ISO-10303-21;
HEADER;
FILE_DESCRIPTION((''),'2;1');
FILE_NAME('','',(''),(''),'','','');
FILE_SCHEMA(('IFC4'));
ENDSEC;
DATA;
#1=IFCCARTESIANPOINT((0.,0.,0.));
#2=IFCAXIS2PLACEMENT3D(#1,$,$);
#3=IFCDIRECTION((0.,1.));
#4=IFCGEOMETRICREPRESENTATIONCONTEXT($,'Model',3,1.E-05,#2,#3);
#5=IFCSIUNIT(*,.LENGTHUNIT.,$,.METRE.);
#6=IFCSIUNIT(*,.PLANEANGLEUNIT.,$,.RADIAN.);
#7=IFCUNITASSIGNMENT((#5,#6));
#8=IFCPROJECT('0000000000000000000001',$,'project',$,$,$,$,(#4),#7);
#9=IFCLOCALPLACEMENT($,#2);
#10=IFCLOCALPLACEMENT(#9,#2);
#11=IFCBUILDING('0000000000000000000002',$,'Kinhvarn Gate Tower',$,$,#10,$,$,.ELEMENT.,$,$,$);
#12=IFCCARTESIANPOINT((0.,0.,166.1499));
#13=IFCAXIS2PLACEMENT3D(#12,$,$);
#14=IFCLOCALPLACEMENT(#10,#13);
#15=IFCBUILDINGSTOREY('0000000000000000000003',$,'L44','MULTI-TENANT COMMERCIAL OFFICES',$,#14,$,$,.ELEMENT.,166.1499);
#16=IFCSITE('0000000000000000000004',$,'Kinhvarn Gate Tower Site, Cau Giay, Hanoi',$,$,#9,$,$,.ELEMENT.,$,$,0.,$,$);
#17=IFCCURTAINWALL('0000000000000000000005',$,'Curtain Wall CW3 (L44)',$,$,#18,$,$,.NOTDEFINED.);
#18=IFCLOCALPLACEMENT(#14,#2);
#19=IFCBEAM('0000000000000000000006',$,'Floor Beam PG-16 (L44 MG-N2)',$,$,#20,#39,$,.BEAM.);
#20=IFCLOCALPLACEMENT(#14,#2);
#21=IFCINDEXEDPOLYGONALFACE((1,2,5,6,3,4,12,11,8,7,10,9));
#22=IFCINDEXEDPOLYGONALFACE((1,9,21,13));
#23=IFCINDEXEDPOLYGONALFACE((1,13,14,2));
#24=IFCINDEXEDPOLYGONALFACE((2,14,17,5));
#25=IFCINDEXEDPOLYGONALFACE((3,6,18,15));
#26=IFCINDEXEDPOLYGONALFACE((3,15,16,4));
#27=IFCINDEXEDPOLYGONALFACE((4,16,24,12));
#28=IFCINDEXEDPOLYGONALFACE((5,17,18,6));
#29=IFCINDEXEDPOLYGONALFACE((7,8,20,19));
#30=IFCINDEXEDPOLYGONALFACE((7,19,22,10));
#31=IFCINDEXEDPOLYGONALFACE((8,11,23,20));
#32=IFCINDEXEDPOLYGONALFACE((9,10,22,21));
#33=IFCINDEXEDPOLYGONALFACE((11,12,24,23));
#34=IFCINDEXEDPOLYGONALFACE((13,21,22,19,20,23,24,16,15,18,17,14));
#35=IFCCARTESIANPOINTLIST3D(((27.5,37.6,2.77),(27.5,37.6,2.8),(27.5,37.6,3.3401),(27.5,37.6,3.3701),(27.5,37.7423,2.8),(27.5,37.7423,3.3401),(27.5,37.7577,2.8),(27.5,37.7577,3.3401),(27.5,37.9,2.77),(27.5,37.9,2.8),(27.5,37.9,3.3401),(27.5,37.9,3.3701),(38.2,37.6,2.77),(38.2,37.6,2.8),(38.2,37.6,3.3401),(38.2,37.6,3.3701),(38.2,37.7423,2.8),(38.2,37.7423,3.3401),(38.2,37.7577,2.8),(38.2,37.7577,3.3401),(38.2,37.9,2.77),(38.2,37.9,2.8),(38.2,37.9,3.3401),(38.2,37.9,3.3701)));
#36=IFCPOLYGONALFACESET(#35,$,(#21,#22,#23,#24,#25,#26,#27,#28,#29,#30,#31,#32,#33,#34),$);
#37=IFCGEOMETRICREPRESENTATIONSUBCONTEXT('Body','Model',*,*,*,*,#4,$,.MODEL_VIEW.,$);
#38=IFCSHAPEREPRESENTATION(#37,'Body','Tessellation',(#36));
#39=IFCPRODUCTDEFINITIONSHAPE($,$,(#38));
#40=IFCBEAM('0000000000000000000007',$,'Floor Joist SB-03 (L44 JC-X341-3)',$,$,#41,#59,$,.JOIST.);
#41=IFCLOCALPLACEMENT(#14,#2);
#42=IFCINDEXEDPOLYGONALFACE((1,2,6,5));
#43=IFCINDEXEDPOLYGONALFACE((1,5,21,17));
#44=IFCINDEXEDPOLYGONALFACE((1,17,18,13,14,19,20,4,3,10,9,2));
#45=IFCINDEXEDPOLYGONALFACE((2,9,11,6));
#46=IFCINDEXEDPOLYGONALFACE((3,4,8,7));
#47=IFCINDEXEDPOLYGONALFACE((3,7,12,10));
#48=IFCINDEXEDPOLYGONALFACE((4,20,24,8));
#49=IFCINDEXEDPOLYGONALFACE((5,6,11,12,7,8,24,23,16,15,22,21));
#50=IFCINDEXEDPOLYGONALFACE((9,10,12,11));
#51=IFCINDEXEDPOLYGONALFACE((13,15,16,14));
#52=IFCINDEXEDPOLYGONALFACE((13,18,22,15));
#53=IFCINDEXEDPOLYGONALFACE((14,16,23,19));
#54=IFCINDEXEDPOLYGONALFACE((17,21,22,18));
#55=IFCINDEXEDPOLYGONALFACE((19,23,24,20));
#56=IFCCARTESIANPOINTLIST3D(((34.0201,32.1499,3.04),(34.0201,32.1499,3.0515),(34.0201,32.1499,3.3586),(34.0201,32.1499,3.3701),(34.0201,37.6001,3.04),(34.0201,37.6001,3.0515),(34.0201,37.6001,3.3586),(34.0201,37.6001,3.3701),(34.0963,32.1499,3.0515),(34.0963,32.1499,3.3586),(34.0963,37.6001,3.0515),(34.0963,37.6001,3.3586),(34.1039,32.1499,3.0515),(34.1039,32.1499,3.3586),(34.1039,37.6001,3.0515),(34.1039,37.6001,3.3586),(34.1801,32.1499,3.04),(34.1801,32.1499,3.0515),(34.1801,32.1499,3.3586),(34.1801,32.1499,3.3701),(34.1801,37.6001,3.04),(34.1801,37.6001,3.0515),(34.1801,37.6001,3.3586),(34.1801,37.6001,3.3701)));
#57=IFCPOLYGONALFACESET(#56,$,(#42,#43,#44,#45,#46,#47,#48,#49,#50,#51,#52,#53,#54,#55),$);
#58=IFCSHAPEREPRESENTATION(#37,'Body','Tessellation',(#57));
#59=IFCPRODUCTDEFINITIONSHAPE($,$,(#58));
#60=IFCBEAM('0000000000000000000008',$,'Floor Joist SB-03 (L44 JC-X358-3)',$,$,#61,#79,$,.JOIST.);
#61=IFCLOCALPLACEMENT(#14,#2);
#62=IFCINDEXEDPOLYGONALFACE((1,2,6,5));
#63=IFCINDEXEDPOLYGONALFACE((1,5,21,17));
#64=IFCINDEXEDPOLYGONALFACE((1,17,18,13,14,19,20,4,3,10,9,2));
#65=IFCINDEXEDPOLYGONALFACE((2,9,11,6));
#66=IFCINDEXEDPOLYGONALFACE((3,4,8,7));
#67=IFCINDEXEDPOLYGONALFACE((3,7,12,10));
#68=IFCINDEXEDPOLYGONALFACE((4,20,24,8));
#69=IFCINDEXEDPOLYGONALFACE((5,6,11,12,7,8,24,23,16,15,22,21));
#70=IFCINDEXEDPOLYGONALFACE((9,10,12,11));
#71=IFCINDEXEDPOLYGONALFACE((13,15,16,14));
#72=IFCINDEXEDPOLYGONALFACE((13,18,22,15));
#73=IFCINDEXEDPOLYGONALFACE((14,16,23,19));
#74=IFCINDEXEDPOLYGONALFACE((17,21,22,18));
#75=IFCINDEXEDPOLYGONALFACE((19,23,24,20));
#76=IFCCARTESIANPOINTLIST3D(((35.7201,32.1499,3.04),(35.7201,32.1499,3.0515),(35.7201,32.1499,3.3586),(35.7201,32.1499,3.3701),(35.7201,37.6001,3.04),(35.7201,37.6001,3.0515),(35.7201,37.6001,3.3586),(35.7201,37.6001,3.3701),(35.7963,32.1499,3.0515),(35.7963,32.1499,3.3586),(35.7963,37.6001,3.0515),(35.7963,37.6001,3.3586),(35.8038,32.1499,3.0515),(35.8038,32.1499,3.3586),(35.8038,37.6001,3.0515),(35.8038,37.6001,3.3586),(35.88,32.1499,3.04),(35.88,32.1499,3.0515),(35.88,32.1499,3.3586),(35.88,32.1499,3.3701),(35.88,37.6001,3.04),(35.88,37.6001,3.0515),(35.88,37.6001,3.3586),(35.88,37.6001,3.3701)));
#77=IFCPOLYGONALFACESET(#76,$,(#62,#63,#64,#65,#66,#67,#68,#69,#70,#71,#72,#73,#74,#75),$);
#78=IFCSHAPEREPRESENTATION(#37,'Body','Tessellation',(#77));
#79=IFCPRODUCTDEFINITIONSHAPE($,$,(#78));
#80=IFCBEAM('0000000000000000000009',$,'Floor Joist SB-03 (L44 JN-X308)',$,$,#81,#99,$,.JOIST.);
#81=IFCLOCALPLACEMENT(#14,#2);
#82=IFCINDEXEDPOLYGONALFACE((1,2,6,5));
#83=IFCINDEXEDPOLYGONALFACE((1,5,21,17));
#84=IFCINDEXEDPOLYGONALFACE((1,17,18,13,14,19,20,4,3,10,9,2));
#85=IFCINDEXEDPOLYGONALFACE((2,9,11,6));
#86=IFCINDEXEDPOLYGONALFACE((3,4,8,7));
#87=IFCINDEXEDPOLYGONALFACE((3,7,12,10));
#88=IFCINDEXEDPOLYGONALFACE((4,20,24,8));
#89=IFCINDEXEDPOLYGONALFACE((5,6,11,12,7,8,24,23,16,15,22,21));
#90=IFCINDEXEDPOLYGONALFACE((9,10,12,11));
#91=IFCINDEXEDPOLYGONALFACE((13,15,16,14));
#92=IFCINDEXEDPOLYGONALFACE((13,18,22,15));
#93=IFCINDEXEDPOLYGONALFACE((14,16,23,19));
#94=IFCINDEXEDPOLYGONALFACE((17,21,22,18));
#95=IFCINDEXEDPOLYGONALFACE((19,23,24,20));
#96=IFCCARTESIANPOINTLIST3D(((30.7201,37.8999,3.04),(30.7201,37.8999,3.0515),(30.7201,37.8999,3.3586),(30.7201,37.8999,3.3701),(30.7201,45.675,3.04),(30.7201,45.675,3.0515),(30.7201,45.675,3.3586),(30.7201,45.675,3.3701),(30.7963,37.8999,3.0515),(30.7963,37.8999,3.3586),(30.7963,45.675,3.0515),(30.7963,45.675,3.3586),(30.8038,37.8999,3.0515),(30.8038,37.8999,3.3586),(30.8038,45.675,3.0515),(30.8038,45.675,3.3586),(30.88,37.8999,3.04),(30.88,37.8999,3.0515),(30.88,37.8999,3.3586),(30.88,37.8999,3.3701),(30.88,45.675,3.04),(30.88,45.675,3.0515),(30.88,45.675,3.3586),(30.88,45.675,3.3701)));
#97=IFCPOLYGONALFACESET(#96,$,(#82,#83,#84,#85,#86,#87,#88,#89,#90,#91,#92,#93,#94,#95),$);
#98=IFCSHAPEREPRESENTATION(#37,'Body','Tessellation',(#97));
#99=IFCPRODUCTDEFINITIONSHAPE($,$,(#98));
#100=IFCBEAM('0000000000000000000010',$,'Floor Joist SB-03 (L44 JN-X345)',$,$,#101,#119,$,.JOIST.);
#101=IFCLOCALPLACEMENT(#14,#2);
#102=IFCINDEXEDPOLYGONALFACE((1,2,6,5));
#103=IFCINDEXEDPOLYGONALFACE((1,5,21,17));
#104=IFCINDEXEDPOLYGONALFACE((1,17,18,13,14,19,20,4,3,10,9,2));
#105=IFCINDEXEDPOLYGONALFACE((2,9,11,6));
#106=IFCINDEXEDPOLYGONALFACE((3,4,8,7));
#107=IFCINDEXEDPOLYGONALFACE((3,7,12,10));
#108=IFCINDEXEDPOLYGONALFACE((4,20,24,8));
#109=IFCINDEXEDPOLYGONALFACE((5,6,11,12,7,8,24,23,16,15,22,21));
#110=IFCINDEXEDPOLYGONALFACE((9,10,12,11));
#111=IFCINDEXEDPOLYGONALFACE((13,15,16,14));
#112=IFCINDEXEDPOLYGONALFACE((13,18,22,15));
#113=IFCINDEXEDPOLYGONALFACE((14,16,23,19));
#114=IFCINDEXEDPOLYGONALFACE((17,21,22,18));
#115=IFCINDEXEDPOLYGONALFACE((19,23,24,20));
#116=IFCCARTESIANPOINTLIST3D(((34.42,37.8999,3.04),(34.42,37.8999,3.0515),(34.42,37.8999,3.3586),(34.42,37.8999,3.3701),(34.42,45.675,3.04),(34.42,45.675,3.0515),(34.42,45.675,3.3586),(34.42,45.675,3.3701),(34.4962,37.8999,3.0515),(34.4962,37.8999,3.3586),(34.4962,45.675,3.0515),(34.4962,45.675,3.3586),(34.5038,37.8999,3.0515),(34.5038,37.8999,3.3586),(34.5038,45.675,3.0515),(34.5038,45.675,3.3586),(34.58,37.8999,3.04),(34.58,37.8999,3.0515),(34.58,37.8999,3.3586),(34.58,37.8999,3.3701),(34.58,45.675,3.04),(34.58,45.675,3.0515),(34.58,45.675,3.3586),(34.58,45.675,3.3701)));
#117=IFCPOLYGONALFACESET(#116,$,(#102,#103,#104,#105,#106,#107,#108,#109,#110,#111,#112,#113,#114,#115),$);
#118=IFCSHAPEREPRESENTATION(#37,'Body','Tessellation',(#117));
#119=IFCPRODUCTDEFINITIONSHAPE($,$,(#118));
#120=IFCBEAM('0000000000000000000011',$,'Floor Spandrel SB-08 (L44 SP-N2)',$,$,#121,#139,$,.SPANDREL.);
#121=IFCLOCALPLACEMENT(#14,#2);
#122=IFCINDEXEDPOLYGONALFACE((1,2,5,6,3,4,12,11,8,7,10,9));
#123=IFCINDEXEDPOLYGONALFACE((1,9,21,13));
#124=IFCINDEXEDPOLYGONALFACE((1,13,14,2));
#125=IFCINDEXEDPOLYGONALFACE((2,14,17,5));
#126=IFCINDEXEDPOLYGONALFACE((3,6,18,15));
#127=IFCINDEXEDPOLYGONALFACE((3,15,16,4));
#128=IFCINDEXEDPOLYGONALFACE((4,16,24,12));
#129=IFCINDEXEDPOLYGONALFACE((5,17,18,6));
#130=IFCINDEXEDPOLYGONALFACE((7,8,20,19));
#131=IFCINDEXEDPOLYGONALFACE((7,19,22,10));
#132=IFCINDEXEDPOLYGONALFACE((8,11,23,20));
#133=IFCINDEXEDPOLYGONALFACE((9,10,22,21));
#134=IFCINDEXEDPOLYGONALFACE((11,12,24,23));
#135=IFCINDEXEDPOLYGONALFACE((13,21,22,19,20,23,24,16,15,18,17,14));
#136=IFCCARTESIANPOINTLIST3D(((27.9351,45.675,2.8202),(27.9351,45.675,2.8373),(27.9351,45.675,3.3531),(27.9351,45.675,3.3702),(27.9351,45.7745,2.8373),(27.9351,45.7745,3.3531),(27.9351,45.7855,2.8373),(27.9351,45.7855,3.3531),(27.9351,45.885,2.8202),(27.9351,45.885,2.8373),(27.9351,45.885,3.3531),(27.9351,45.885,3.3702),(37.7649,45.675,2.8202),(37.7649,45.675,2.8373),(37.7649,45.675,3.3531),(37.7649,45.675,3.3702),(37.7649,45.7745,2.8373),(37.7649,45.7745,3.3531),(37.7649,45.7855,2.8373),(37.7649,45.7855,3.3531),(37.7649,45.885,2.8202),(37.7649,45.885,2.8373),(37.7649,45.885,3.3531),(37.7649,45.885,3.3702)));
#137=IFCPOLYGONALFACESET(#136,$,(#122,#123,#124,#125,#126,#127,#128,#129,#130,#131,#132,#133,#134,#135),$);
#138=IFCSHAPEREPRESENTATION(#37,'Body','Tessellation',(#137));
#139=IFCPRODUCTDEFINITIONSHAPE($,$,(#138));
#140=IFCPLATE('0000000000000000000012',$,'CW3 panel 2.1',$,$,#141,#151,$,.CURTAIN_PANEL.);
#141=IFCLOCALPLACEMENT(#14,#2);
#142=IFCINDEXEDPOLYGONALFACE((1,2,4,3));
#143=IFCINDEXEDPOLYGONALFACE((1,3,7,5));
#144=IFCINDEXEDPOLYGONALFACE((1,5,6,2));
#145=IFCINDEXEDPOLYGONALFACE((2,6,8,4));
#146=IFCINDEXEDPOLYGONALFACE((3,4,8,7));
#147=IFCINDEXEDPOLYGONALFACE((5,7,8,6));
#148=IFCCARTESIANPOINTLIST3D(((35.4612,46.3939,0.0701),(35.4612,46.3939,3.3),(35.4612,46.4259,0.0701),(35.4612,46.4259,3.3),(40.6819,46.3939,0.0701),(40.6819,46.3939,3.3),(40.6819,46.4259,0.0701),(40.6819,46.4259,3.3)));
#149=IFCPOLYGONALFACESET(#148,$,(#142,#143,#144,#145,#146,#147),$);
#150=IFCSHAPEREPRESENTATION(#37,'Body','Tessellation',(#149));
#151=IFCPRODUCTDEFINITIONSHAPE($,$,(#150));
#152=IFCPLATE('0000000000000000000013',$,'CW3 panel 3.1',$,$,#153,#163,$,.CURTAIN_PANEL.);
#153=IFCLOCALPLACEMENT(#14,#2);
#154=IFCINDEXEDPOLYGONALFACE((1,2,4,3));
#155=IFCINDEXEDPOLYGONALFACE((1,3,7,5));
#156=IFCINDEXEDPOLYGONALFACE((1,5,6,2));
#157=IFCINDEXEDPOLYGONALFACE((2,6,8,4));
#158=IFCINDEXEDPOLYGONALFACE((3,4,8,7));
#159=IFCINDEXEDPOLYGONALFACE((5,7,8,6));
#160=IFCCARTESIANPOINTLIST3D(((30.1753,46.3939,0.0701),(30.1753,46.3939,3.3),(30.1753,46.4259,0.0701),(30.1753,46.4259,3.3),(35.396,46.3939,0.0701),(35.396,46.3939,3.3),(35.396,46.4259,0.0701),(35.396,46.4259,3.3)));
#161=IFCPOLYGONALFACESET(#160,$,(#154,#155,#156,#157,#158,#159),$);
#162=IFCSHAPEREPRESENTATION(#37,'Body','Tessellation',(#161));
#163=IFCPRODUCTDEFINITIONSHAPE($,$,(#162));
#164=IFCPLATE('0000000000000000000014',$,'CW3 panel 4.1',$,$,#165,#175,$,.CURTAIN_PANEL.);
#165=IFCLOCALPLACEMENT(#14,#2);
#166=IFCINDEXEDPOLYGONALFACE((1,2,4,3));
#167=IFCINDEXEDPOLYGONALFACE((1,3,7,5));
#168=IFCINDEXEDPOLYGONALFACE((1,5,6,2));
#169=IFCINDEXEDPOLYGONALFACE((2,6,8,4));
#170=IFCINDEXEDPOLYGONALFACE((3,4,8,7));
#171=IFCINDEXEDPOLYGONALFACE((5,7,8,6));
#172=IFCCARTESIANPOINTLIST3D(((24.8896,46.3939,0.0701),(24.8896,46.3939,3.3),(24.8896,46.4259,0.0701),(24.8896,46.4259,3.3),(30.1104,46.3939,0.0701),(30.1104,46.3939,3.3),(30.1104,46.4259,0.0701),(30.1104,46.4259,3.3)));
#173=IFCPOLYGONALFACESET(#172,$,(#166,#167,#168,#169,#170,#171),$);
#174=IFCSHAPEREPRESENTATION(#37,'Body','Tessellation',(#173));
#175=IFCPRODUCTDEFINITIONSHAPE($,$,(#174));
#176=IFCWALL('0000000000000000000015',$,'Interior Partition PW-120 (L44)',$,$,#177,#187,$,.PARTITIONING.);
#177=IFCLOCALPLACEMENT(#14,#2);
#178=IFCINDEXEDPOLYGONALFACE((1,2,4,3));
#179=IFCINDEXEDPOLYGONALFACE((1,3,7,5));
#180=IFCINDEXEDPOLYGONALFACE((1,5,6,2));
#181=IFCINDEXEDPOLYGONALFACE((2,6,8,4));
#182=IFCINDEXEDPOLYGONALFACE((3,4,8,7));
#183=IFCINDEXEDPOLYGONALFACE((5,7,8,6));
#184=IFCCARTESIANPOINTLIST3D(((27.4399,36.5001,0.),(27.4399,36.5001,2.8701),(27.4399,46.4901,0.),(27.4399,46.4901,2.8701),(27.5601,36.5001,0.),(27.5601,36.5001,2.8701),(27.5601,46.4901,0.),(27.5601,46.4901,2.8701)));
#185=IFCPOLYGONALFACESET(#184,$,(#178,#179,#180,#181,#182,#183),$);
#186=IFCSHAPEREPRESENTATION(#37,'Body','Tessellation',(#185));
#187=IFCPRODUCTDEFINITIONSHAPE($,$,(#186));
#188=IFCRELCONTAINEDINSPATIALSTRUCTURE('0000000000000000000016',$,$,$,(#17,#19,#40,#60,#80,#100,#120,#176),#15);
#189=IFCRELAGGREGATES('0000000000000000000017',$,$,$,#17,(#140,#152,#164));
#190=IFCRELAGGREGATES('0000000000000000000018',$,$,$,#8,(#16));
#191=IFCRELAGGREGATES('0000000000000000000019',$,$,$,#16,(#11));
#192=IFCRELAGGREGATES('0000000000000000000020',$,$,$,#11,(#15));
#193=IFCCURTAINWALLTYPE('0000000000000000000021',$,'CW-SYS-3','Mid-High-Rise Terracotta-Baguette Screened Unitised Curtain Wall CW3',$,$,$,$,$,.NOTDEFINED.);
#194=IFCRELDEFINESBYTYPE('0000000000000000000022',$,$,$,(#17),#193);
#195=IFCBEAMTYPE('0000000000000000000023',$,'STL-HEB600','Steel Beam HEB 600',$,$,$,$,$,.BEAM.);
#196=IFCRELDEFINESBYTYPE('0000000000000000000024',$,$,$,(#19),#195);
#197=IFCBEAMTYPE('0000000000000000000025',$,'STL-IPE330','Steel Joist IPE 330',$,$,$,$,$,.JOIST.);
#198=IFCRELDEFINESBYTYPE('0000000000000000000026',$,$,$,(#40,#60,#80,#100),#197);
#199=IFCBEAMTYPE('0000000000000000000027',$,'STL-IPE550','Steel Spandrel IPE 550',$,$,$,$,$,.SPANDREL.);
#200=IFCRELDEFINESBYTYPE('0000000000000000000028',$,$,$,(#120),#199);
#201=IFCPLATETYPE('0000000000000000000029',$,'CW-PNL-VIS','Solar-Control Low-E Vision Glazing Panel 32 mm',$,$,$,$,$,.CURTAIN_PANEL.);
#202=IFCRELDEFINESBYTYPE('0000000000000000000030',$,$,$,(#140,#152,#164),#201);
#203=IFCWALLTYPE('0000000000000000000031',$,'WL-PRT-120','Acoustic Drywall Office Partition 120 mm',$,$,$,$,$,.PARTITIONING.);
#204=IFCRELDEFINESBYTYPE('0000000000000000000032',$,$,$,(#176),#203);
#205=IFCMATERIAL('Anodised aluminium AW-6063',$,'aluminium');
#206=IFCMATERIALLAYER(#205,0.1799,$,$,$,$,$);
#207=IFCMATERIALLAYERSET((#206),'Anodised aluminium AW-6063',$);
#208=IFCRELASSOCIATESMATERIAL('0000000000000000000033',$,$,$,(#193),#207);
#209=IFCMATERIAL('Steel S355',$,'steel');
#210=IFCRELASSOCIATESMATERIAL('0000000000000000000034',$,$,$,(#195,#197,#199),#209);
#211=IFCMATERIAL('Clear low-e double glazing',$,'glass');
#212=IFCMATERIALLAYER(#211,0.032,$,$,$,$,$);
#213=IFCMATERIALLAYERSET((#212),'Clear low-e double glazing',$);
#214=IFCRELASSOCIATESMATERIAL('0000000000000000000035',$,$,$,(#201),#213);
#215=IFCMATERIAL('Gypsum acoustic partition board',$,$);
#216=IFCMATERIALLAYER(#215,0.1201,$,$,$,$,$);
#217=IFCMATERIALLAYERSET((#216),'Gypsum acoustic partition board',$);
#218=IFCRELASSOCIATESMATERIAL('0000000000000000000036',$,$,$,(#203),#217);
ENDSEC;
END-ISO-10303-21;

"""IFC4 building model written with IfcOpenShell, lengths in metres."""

from ifc_helpers import new_model, si_unit, direction, frame, frame_2d, origin, origin_2d, place, context, subcontext, project, spatial, rectangle, i_section, extrude, material, layer, layer_set, material_profile, profile_set, type_object, element, aggregate, save


model = new_model("IFC4")

# Units and contexts
model_context = context("Model", 3, precision=1e-05, world=origin(), true_north=direction((0.0, 1.0)))
body_context = subcontext(model_context, "Body", "Model", "MODEL_VIEW")
ifc_project = project(units=[si_unit("LENGTHUNIT", "METRE"), si_unit("PLANEANGLEUNIT", "RADIAN")], contexts=[model_context])

# Site, building, storey
site_placement = place(None, origin())
site = spatial("IfcSite", under=ifc_project, at=site_placement, Name="Kinhvarn Gate Tower Site, Cau Giay, Hanoi", CompositionType="ELEMENT", RefElevation=0.0)
building_placement = place(site_placement, origin())
building = spatial("IfcBuilding", under=site, at=building_placement, Name="Kinhvarn Gate Tower", CompositionType="ELEMENT")
storey_placement = place(building_placement, frame((0.0, 0.0, 166.1499)))
storey = spatial("IfcBuildingStorey", under=building, at=storey_placement, Name="L44", Description="MULTI-TENANT COMMERCIAL OFFICES", CompositionType="ELEMENT", Elevation=166.1499)

# Curtain wall
ifc_material_1 = material(Name="Anodised aluminium AW-6063", Category="aluminium")
ifc_layer_1 = layer(ifc_material_1, 0.1799)
ifc_layer_set_1 = layer_set([ifc_layer_1], Name="Anodised aluminium AW-6063")
curtain_wall_type = type_object("IfcCurtainWallType", Name="CW-SYS-3", Description="Mid-High-Rise Terracotta-Baguette Screened Unitised Curtain Wall CW3", PredefinedType="NOTDEFINED", material=ifc_layer_set_1)
curtain_wall_placement = place(storey_placement, origin())
curtain_wall = element("IfcCurtainWall", 1, at=curtain_wall_placement, inside=storey, type_object=curtain_wall_type, Name="Curtain Wall CW3 (L44)", PredefinedType="NOTDEFINED")

# Beams
ifc_material_2 = material(Name="Steel S355", Category="steel")
ifc_material_profile_1 = material_profile(ifc_material_2, i_section(OverallWidth=0.3, OverallDepth=0.6001, WebThickness=0.0154, FlangeThickness=0.03, at=origin_2d()), Name="HEB 600")
ifc_profile_set_1 = profile_set([ifc_material_profile_1], Name="Steel S355")
beam_type_1 = type_object("IfcBeamType", Name="STL-HEB600", Description="Steel Beam HEB 600", PredefinedType="BEAM", material=ifc_profile_set_1)
beam_1_placement = place(storey_placement, frame((27.5, 37.75, 3.0701), z_axis=(1.0, 0.0, 0.0), x_axis=(0.0, 1.0, 0.0)))
element("IfcBeam", 2, at=beam_1_placement, inside=storey, type_object=beam_type_1, Name="Floor Beam PG-16 (L44 MG-N2)", PredefinedType="BEAM", context=body_context, shape_type="SweptSolid", body=[
    extrude(i_section(OverallWidth=0.3, OverallDepth=0.6001, WebThickness=0.0154, FlangeThickness=0.03, at=origin_2d()), origin(), (0.0, 0.0, 1.0), 10.7),
])
ifc_material_profile_2 = material_profile(ifc_material_2, i_section(OverallWidth=0.1599, OverallDepth=0.3301, WebThickness=0.0076, FlangeThickness=0.0115, at=origin_2d()), Name="IPE 330")
ifc_profile_set_2 = profile_set([ifc_material_profile_2], Name="Steel S355")
beam_type_2 = type_object("IfcBeamType", Name="STL-IPE330", Description="Steel Joist IPE 330", PredefinedType="JOIST", material=ifc_profile_set_2)
for number, where, z_axis, x_axis, name in (
    (3, (34.1001, 32.1499, 3.2051), (0.0, 1.0, 0.0), (-1.0, 0.0, 0.0), "Floor Joist SB-03 (L44 JC-X341-3)"),
    (4, (35.8, 32.1499, 3.2051), (0.0, 1.0, 0.0), (-1.0, 0.0, 0.0), "Floor Joist SB-03 (L44 JC-X358-3)"),
):
    element("IfcBeam", number, at=place(storey_placement, frame(where, z_axis=z_axis, x_axis=x_axis)), inside=storey, type_object=beam_type_2, Name=name, PredefinedType="JOIST", context=body_context, shape_type="SweptSolid", body=[
        extrude(i_section(OverallWidth=0.1599, OverallDepth=0.3301, WebThickness=0.0076, FlangeThickness=0.0115, at=origin_2d()), origin(), (0.0, 0.0, 1.0), 5.4502),
    ])
for number, where, z_axis, x_axis, name in (
    (5, (30.8, 37.8999, 3.2051), (0.0, 1.0, 0.0), (-1.0, 0.0, 0.0), "Floor Joist SB-03 (L44 JN-X308)"),
    (6, (34.5, 37.8999, 3.2051), (0.0, 1.0, 0.0), (-1.0, 0.0, 0.0), "Floor Joist SB-03 (L44 JN-X345)"),
):
    element("IfcBeam", number, at=place(storey_placement, frame(where, z_axis=z_axis, x_axis=x_axis)), inside=storey, type_object=beam_type_2, Name=name, PredefinedType="JOIST", context=body_context, shape_type="SweptSolid", body=[
        extrude(i_section(OverallWidth=0.1599, OverallDepth=0.3301, WebThickness=0.0076, FlangeThickness=0.0115, at=origin_2d()), origin(), (0.0, 0.0, 1.0), 7.7751),
    ])
ifc_material_profile_3 = material_profile(ifc_material_2, i_section(OverallWidth=0.21, OverallDepth=0.55, WebThickness=0.011, FlangeThickness=0.0171, at=origin_2d()), Name="IPE 550")
ifc_profile_set_3 = profile_set([ifc_material_profile_3], Name="Steel S355")
beam_type_3 = type_object("IfcBeamType", Name="STL-IPE550", Description="Steel Spandrel IPE 550", PredefinedType="SPANDREL", material=ifc_profile_set_3)
beam_2_placement = place(storey_placement, frame((27.9351, 45.78, 3.0952), z_axis=(1.0, 0.0, 0.0), x_axis=(0.0, 1.0, 0.0)))
element("IfcBeam", 7, at=beam_2_placement, inside=storey, type_object=beam_type_3, Name="Floor Spandrel SB-08 (L44 SP-N2)", PredefinedType="SPANDREL", context=body_context, shape_type="SweptSolid", body=[
    extrude(i_section(OverallWidth=0.21, OverallDepth=0.55, WebThickness=0.011, FlangeThickness=0.0171, at=origin_2d()), origin(), (0.0, 0.0, 1.0), 9.8298),
])

# Plates
ifc_material_3 = material(Name="Clear low-e double glazing", Category="glass")
ifc_layer_2 = layer(ifc_material_3, 0.032)
ifc_layer_set_2 = layer_set([ifc_layer_2], Name="Clear low-e double glazing")
plate_type = type_object("IfcPlateType", Name="CW-PNL-VIS", Description="Solar-Control Low-E Vision Glazing Panel 32 mm", PredefinedType="CURTAIN_PANEL", material=ifc_layer_set_2)
plate_1_placement = place(storey_placement, frame((38.0715, 46.4099, 0.0701), z_axis=(0.0, 0.0, 1.0), x_axis=(-1.0, 0.0, 0.0)))
plate_1 = element("IfcPlate", 8, at=plate_1_placement, type_object=plate_type, Name="CW3 panel 2.1", PredefinedType="CURTAIN_PANEL", context=body_context, shape_type="SweptSolid", body=[
    extrude(rectangle(XDim=5.2207, YDim=0.032, at=origin_2d()), origin(), (0.0, 0.0, 1.0), 3.23),
])
plate_2_placement = place(storey_placement, frame((32.7856, 46.4099, 0.0701), z_axis=(0.0, 0.0, 1.0), x_axis=(-1.0, 0.0, 0.0)))
plate_2 = element("IfcPlate", 9, at=plate_2_placement, type_object=plate_type, Name="CW3 panel 3.1", PredefinedType="CURTAIN_PANEL", context=body_context, shape_type="SweptSolid", body=[
    extrude(rectangle(XDim=5.2207, YDim=0.032, at=origin_2d()), origin(), (0.0, 0.0, 1.0), 3.23),
])
plate_3_placement = place(storey_placement, frame((27.5, 46.4099, 0.0701), z_axis=(0.0, 0.0, 1.0), x_axis=(-1.0, 0.0, 0.0)))
plate_3 = element("IfcPlate", 10, at=plate_3_placement, type_object=plate_type, Name="CW3 panel 4.1", PredefinedType="CURTAIN_PANEL", context=body_context, shape_type="SweptSolid", body=[
    extrude(rectangle(XDim=5.2207, YDim=0.032, at=origin_2d()), origin(), (0.0, 0.0, 1.0), 3.23),
])
aggregate(curtain_wall, [plate_1, plate_2, plate_3])

# Wall
ifc_material_4 = material(Name="Gypsum acoustic partition board")
ifc_layer_3 = layer(ifc_material_4, 0.1201)
ifc_layer_set_3 = layer_set([ifc_layer_3], Name="Gypsum acoustic partition board")
wall_type_1 = type_object("IfcWallType", Name="WL-PRT-120", Description="Acoustic Drywall Office Partition 120 mm", PredefinedType="PARTITIONING", material=ifc_layer_set_3)
wall_1_placement = place(storey_placement, frame((27.5, 36.5, 0.0), z_axis=(0.0, 0.0, 1.0), x_axis=(0.0, 1.0, 0.0)))
element("IfcWall", 11, at=wall_1_placement, inside=storey, type_object=wall_type_1, Name="Interior Partition PW-120 (L44)", PredefinedType="PARTITIONING", context=body_context, shape_type="SweptSolid", body=[
    extrude(rectangle(XDim=9.99, YDim=0.1201, at=frame_2d((4.9951, 0.0))), origin(), (0.0, 0.0, 1.0), 2.8701),
])

save(model, "model.ifc")
